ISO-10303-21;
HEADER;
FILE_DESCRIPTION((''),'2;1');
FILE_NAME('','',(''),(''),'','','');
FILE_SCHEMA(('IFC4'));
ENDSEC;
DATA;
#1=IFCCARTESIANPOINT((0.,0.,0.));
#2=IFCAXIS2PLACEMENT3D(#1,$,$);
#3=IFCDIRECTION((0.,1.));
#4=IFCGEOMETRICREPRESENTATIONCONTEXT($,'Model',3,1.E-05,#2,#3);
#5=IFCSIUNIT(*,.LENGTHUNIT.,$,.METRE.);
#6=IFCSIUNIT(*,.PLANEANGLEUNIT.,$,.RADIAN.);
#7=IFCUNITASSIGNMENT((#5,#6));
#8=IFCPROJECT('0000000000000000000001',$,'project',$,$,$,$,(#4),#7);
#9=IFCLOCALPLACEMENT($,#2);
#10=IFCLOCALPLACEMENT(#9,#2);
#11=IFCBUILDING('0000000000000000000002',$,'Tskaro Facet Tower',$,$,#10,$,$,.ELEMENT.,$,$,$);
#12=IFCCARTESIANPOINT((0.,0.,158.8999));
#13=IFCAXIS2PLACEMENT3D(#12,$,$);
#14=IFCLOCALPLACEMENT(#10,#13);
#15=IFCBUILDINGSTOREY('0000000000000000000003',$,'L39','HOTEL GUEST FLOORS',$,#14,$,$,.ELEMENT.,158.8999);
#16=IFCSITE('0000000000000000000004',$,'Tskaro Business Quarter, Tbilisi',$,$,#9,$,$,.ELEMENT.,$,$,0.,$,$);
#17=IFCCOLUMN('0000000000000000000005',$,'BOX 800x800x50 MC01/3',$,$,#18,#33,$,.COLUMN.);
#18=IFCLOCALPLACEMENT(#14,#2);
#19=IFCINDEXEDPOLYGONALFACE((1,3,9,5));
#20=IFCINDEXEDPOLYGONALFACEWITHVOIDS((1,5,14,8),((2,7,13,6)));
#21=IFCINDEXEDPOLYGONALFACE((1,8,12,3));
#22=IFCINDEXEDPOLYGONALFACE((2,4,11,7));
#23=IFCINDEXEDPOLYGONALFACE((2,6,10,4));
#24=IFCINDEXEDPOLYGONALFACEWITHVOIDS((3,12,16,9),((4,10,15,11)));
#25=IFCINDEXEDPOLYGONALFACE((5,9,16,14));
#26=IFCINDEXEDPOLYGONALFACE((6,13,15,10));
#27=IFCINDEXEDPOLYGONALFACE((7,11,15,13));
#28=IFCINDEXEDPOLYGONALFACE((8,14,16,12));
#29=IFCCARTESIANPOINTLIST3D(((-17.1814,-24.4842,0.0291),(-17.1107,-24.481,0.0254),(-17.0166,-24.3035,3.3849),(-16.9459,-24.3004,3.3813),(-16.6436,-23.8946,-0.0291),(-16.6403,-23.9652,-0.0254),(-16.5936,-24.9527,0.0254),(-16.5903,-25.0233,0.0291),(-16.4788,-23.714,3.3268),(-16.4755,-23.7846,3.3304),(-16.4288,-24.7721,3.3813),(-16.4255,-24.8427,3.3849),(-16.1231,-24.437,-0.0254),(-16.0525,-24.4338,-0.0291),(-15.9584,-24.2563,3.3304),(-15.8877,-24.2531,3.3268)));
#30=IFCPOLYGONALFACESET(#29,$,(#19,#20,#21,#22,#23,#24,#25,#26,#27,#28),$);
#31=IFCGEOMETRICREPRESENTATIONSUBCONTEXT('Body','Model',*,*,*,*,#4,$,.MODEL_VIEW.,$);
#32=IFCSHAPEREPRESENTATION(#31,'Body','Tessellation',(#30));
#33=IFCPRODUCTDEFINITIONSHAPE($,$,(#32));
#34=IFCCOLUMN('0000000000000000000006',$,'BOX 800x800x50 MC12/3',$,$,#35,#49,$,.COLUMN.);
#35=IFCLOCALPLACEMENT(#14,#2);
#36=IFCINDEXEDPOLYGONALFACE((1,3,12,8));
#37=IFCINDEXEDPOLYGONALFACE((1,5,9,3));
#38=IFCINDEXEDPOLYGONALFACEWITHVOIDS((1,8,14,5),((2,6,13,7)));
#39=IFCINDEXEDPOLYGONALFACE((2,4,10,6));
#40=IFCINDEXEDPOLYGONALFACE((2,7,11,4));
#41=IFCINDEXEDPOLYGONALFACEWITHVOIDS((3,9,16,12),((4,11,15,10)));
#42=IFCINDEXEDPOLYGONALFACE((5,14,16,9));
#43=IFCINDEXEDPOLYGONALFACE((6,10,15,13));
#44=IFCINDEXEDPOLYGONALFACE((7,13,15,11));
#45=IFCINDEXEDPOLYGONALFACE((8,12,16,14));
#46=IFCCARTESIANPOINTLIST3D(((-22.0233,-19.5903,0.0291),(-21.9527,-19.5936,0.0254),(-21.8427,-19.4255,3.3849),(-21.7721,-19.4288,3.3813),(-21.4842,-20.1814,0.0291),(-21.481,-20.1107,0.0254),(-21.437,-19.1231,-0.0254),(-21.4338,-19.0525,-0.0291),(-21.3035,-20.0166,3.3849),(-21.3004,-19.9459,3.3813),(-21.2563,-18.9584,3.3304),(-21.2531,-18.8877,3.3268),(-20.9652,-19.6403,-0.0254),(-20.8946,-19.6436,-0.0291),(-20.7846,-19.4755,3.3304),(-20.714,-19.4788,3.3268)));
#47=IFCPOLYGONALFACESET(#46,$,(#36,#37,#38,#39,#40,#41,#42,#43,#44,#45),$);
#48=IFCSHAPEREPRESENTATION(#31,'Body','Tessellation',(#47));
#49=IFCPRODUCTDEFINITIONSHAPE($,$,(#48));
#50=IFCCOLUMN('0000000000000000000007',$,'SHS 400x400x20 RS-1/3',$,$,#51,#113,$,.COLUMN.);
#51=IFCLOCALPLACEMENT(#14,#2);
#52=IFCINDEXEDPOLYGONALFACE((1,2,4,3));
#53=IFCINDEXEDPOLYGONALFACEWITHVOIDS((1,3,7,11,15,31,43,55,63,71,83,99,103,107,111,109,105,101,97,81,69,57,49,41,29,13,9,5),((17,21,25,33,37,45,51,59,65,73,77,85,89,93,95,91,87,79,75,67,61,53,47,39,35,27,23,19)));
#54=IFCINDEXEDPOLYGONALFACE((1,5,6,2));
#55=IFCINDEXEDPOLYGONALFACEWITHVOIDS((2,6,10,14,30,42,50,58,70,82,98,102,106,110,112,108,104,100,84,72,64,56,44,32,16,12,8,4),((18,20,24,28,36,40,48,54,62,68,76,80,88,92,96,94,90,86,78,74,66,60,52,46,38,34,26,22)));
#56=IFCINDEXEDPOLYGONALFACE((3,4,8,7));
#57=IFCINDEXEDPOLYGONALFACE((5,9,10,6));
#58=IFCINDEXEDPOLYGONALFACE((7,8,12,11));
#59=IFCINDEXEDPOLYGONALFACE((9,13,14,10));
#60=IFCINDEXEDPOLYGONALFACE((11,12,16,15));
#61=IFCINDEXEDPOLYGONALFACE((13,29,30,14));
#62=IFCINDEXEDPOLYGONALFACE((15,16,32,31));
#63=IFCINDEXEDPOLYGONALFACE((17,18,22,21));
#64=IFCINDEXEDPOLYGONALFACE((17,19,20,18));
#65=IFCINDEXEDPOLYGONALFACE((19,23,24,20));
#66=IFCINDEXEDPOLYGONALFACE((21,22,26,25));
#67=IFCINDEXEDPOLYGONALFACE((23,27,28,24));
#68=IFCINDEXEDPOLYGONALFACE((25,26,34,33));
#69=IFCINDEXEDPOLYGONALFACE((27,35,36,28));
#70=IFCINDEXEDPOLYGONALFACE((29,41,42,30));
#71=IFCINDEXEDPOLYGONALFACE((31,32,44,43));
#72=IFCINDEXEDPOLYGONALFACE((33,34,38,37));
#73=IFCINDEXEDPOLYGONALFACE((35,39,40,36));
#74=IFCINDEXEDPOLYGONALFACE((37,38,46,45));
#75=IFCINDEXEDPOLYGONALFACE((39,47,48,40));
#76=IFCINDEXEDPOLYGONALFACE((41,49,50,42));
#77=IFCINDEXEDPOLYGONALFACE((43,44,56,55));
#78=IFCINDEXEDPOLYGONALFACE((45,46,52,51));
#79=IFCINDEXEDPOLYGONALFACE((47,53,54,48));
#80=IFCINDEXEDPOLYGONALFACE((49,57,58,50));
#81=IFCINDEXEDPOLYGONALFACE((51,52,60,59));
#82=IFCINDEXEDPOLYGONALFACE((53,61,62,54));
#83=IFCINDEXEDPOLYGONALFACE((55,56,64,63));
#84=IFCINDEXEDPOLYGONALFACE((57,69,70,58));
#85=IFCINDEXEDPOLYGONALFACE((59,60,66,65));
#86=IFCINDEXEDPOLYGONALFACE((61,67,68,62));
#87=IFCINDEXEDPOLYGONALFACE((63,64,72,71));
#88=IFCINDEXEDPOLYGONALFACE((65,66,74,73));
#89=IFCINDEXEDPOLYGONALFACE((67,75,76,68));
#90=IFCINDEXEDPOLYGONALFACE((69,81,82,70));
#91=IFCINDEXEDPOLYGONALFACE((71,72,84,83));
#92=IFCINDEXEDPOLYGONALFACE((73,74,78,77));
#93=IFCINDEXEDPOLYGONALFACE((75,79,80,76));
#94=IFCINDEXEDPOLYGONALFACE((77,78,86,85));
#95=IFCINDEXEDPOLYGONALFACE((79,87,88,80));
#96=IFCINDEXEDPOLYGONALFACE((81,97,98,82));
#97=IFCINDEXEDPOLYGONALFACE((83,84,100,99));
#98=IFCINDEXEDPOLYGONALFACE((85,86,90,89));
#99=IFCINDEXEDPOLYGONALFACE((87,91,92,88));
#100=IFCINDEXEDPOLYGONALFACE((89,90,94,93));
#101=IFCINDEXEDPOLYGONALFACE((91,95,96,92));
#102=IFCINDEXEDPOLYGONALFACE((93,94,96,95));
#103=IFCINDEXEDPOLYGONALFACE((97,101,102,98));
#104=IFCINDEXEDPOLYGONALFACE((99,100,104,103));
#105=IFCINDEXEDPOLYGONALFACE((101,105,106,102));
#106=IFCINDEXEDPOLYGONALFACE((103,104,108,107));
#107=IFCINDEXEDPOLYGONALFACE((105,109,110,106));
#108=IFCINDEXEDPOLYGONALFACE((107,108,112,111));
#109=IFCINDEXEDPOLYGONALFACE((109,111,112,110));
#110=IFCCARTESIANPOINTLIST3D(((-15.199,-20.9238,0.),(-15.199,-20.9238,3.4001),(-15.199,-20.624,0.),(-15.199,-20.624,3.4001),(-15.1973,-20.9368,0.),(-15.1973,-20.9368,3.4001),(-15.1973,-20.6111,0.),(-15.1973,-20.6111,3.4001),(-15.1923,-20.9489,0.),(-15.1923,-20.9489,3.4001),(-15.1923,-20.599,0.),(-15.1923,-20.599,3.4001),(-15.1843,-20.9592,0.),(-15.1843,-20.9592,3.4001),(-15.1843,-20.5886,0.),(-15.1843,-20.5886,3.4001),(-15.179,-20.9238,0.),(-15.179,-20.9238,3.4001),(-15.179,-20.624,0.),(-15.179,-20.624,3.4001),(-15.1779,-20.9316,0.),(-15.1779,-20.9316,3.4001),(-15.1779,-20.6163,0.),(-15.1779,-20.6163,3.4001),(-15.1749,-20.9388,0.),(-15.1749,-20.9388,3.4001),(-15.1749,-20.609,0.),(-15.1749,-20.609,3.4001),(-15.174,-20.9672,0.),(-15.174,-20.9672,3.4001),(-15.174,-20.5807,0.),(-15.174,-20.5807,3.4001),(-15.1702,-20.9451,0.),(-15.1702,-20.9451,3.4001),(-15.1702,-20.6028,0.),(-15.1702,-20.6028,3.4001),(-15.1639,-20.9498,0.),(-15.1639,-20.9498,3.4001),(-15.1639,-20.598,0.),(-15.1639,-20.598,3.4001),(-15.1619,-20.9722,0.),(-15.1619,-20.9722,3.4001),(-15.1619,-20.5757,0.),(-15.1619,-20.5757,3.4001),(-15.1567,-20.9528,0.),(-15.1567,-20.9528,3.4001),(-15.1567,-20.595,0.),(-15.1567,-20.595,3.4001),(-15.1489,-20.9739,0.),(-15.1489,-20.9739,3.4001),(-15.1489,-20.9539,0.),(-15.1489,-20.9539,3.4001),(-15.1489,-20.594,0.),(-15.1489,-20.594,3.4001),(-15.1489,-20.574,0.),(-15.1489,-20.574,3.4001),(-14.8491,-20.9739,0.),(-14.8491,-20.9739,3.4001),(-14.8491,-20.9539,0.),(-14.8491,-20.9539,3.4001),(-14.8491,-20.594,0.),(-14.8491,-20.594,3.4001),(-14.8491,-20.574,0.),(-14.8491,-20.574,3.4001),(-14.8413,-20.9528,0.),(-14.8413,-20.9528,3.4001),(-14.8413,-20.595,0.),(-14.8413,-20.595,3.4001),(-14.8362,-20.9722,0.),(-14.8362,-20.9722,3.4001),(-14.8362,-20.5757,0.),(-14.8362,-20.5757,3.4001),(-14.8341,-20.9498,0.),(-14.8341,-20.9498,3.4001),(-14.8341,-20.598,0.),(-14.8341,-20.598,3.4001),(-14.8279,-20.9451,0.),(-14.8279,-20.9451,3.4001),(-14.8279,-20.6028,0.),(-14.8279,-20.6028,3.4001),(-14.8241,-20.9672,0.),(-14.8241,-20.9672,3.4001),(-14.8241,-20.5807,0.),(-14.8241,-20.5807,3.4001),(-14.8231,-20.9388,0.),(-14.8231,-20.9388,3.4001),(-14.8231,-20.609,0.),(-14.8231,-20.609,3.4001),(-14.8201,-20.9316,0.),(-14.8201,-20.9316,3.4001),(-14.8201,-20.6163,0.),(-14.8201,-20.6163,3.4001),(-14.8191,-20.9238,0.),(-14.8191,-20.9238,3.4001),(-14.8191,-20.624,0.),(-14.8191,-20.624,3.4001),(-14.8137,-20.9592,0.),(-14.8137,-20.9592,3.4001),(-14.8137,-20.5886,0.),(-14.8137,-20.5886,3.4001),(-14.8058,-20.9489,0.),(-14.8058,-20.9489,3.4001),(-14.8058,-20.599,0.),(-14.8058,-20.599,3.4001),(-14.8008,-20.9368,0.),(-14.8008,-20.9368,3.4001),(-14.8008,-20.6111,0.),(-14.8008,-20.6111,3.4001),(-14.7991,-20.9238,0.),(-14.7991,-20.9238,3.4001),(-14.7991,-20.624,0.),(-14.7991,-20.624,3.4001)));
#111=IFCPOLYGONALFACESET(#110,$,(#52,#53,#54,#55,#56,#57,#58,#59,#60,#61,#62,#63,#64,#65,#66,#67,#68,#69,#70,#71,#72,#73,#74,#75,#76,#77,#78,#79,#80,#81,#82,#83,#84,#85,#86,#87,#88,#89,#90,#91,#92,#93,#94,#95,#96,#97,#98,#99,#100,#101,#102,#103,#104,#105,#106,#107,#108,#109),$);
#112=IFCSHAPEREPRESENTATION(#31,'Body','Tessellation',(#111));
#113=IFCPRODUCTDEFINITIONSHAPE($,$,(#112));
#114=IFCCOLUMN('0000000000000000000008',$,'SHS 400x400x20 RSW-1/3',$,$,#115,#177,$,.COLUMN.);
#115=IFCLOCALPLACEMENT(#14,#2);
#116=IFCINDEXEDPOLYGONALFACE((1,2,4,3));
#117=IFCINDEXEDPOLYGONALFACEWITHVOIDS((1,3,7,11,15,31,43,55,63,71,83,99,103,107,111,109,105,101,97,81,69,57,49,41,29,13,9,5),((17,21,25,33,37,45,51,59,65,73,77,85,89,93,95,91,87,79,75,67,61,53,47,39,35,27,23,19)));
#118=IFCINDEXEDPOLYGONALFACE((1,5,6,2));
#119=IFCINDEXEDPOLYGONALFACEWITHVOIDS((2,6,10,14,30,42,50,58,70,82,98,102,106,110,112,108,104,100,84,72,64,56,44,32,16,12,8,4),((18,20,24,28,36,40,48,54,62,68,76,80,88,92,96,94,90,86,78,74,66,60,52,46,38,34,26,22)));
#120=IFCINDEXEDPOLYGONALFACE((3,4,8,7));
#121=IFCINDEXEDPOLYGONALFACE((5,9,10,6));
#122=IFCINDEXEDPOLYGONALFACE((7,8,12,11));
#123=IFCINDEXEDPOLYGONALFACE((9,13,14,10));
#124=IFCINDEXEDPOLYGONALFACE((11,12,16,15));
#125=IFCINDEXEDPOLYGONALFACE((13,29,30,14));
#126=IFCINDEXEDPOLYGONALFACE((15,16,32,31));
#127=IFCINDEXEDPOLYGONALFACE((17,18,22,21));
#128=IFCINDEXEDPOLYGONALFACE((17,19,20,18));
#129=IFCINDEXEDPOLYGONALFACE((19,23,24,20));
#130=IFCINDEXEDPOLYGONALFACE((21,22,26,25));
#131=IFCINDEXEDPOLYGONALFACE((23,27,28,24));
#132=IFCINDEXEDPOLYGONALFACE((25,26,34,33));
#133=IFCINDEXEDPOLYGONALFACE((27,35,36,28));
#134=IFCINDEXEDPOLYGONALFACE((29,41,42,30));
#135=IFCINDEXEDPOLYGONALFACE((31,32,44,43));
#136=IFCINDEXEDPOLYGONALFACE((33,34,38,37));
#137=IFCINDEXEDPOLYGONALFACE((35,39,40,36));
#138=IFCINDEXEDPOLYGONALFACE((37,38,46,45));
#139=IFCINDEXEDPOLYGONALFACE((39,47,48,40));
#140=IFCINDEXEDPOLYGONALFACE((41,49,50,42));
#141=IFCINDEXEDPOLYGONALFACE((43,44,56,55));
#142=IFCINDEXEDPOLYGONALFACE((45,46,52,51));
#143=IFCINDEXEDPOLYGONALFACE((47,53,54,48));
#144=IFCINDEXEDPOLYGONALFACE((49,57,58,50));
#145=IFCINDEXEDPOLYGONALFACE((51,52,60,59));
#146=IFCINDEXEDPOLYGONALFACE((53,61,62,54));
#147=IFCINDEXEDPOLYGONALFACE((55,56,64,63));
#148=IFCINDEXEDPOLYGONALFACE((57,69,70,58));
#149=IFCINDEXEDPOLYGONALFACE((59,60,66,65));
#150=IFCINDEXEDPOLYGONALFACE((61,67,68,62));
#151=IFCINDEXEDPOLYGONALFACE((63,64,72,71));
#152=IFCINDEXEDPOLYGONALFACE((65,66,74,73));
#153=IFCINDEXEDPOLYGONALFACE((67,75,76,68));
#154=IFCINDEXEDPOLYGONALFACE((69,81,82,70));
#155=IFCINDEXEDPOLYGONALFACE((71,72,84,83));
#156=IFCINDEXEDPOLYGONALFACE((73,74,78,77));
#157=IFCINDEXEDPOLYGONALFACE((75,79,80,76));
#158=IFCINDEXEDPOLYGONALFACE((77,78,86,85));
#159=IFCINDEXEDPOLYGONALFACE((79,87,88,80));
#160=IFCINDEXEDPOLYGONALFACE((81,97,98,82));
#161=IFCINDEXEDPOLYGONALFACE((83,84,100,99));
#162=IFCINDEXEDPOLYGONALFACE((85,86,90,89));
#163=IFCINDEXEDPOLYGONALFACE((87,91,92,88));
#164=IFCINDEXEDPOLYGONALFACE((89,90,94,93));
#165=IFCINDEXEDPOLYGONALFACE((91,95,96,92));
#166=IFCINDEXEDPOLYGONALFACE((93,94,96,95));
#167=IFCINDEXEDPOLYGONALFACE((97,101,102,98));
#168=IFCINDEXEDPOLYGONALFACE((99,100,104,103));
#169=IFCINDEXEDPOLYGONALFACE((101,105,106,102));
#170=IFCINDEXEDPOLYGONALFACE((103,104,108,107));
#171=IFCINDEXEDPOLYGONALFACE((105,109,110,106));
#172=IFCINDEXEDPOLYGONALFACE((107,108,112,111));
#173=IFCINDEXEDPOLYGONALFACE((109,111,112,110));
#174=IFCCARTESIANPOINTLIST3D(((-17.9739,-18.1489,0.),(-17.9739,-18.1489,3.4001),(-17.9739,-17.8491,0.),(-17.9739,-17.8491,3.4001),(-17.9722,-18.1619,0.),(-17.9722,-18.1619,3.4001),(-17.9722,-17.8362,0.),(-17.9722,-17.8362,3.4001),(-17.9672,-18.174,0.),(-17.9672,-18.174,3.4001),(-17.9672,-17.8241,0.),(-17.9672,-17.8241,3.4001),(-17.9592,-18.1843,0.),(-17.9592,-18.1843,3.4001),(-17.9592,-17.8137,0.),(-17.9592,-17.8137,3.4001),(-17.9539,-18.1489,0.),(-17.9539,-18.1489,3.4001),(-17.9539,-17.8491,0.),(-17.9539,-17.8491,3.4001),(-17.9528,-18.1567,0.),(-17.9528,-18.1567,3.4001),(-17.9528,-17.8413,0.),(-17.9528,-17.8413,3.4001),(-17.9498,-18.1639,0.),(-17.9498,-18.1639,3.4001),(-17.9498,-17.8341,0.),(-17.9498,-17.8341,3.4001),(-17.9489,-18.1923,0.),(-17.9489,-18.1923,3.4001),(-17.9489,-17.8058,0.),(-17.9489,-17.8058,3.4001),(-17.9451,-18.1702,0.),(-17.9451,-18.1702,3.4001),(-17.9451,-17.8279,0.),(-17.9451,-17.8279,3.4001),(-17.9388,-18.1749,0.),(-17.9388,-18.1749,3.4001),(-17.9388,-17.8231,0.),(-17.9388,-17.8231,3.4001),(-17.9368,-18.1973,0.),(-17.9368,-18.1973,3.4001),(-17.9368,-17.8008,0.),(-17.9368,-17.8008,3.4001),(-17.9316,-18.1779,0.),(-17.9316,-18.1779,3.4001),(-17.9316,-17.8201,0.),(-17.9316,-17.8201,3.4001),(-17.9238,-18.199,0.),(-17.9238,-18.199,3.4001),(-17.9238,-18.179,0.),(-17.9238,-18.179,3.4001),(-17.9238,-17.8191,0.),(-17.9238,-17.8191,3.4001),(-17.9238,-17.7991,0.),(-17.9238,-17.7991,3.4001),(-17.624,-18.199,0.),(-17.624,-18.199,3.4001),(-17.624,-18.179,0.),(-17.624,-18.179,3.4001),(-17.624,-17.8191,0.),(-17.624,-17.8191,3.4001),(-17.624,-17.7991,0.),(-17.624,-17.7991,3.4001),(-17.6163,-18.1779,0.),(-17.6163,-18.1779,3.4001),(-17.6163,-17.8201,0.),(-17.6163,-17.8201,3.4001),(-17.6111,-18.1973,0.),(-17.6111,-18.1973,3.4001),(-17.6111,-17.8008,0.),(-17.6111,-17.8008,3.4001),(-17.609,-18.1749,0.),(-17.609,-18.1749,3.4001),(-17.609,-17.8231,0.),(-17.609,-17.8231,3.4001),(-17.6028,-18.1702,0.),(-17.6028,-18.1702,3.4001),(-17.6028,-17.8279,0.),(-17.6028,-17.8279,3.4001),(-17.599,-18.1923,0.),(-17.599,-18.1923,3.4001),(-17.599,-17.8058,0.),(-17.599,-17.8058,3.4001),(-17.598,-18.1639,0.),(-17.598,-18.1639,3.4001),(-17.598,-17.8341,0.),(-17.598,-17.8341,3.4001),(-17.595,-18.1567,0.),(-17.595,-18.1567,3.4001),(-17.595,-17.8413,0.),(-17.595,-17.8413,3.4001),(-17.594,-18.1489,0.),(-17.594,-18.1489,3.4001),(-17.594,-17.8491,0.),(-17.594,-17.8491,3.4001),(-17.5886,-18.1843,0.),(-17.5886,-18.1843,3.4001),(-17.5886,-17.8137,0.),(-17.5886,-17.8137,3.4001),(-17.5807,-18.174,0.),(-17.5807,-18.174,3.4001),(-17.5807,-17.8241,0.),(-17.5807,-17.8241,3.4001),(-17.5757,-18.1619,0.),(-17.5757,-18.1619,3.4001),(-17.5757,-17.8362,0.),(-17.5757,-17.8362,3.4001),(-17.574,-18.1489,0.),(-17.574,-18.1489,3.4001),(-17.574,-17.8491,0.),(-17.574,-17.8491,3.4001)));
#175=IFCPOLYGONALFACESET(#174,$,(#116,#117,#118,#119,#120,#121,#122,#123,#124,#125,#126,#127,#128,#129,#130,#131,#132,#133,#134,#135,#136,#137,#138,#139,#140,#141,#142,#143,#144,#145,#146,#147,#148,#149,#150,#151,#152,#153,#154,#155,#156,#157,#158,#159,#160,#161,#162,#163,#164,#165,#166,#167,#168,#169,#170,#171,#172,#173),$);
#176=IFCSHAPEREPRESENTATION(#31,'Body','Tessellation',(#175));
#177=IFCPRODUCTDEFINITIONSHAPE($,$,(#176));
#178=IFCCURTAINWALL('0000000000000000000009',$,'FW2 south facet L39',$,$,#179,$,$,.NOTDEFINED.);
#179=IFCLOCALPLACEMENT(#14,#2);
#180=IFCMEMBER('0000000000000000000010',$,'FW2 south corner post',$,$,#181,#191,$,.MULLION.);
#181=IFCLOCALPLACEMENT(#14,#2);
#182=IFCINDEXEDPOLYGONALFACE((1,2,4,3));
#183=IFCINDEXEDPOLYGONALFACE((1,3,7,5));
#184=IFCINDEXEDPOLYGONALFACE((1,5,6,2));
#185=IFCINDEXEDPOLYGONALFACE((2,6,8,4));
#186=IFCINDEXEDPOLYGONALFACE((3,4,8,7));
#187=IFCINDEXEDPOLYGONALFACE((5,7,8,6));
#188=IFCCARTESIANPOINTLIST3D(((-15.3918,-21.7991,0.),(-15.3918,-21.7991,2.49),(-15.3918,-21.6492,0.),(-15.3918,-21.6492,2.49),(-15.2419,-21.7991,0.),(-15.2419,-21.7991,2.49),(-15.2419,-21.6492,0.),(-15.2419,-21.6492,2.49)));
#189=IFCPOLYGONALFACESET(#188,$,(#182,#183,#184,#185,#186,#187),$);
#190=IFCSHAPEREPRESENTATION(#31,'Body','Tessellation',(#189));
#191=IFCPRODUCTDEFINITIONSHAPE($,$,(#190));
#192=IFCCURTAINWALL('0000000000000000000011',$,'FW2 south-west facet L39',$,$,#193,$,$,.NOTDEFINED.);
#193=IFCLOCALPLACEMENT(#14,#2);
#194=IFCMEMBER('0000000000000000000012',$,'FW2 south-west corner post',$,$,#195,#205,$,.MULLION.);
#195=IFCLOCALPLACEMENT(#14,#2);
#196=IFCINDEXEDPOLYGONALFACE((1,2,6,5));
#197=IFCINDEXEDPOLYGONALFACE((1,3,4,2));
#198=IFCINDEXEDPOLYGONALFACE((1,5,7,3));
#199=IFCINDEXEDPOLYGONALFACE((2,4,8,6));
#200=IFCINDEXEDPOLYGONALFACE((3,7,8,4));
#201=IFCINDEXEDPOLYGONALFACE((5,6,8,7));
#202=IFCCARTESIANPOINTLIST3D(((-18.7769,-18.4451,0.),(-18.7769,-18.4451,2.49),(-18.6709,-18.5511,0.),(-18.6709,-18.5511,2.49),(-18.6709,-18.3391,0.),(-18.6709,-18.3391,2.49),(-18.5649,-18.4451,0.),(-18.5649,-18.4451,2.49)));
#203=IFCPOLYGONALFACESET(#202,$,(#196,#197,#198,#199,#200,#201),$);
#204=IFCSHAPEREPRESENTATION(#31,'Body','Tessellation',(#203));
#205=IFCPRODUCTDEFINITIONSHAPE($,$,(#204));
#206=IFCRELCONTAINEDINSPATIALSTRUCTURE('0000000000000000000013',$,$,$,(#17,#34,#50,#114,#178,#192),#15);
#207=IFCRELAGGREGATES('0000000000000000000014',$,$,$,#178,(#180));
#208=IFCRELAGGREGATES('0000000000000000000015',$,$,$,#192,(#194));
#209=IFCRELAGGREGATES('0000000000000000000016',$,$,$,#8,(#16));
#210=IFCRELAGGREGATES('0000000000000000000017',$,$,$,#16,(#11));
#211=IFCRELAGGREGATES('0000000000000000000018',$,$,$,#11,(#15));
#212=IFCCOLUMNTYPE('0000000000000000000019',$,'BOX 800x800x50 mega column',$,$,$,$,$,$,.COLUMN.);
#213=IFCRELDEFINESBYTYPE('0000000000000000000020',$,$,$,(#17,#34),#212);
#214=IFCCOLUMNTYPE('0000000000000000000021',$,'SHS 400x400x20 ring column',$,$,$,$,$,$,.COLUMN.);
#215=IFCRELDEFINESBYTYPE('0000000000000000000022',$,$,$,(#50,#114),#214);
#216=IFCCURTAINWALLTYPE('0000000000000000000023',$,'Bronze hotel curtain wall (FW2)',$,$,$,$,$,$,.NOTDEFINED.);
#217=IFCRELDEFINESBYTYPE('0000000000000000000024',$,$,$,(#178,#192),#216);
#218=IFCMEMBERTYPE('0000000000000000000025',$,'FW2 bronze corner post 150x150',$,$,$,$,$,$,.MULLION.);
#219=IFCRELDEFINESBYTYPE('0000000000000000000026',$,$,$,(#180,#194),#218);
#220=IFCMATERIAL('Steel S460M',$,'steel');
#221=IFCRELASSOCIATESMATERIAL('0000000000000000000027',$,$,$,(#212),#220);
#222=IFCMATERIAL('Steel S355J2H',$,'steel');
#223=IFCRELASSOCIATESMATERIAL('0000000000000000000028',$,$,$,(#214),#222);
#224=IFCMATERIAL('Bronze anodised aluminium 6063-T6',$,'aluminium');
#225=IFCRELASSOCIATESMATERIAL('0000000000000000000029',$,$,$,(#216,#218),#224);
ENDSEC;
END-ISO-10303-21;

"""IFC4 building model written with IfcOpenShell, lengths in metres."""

from ifc_helpers import new_model, si_unit, direction, frame, origin, origin_2d, place, context, subcontext, project, spatial, rectangle, hollow_rectangle, extrude, material, material_profile, profile_set, type_object, element, aggregate, save


model = new_model("IFC4")

# Units and contexts
model_context = context("Model", 3, precision=1e-05, world=origin(), true_north=direction((0.0, 1.0)))
body_context = subcontext(model_context, "Body", "Model", "MODEL_VIEW")
ifc_project = project(units=[si_unit("LENGTHUNIT", "METRE"), si_unit("PLANEANGLEUNIT", "RADIAN")], contexts=[model_context])

# Site, building, storey
site_placement = place(None, origin())
site = spatial("IfcSite", under=ifc_project, at=site_placement, Name="Tskaro Business Quarter, Tbilisi", CompositionType="ELEMENT", RefElevation=0.0)
building_placement = place(site_placement, origin())
building = spatial("IfcBuilding", under=site, at=building_placement, Name="Tskaro Facet Tower", CompositionType="ELEMENT")
storey_placement = place(building_placement, frame((0.0, 0.0, 158.8999)))
storey = spatial("IfcBuildingStorey", under=building, at=storey_placement, Name="L39", Description="HOTEL GUEST FLOORS", CompositionType="ELEMENT", Elevation=158.8999)

# Columns
ifc_material_1 = material(Name="Steel S460M", Category="steel")
ifc_material_profile_1 = material_profile(ifc_material_1, hollow_rectangle(XDim=0.8, YDim=0.8, WallThickness=0.05, at=origin_2d()), Name="BOX 800x800x50")
ifc_profile_set_1 = profile_set([ifc_material_profile_1], Name="Steel S460M")
column_type_1 = type_object("IfcColumnType", Name="BOX 800x800x50 mega column", PredefinedType="COLUMN", material=ifc_profile_set_1)
for number, where, z_axis, x_axis, name in (
    (1, (-16.6169, -24.459, 0.0), (0.048975, 0.053691, 0.997356), (-0.73881, 0.673914, 0.0), "BOX 800x800x50 MC01/3"),
    (2, (-21.459, -19.6169, 0.0), (0.053691, 0.048975, 0.997356), (-0.673914, 0.73881, 0.0), "BOX 800x800x50 MC12/3"),
):
    element("IfcColumn", number, at=place(storey_placement, frame(where, z_axis=z_axis, x_axis=x_axis)), inside=storey, type_object=column_type_1, Name=name, PredefinedType="COLUMN", context=body_context, shape_type="SweptSolid", body=[
        extrude(hollow_rectangle(XDim=0.8, YDim=0.8, WallThickness=0.05, at=origin_2d()), origin(), (0.0, 0.0, 1.0), 3.3647),
    ])
ifc_material_2 = material(Name="Steel S355J2H", Category="steel")
ifc_material_profile_2 = material_profile(ifc_material_2, hollow_rectangle(XDim=0.3999, YDim=0.3999, WallThickness=0.02, InnerFilletRadius=0.03, OuterFilletRadius=0.05, at=origin_2d()), Name="SHS 400x400x20")
ifc_profile_set_2 = profile_set([ifc_material_profile_2], Name="Steel S355J2H")
column_type_2 = type_object("IfcColumnType", Name="SHS 400x400x20 ring column", PredefinedType="COLUMN", material=ifc_profile_set_2)
for number, where, z_axis, x_axis, name in (
    (3, (-14.999, -20.7739, 0.0), (0.0, 0.0, 1.0), (1.0, 0.0, 0.0), "SHS 400x400x20 RS-1/3"),
    (4, (-17.7739, -17.999, 0.0), (0.0, 0.0, 1.0), (1.0, 0.0, 0.0), "SHS 400x400x20 RSW-1/3"),
):
    element("IfcColumn", number, at=place(storey_placement, frame(where, z_axis=z_axis, x_axis=x_axis)), inside=storey, type_object=column_type_2, Name=name, PredefinedType="COLUMN", context=body_context, shape_type="SweptSolid", body=[
        extrude(hollow_rectangle(XDim=0.3999, YDim=0.3999, WallThickness=0.02, InnerFilletRadius=0.03, OuterFilletRadius=0.05, at=origin_2d()), origin(), (0.0, 0.0, 1.0), 3.4001),
    ])

# Curtain walls, members
ifc_material_3 = material(Name="Bronze anodised aluminium 6063-T6", Category="aluminium")
curtain_wall_type = type_object("IfcCurtainWallType", Name="Bronze hotel curtain wall (FW2)", PredefinedType="NOTDEFINED", material=ifc_material_3)
curtain_wall_1_placement = place(storey_placement, origin())
curtain_wall_1 = element("IfcCurtainWall", 5, at=curtain_wall_1_placement, inside=storey, type_object=curtain_wall_type, Name="FW2 south facet L39", PredefinedType="NOTDEFINED")
ifc_material_profile_3 = material_profile(ifc_material_3, rectangle(XDim=0.1499, YDim=0.1499, at=origin_2d()), Name="Corner post 150x150")
ifc_profile_set_3 = profile_set([ifc_material_profile_3], Name="Bronze anodised aluminium 6063-T6")
member_type_1 = type_object("IfcMemberType", Name="FW2 bronze corner post 150x150", PredefinedType="MULLION", material=ifc_profile_set_3)
member_1_placement = place(storey_placement, frame((-15.3169, -21.7241, 0.0), z_axis=(0.0, 0.0, 1.0), x_axis=(1.0, 0.0, 0.0)))
member_1 = element("IfcMember", 6, at=member_1_placement, type_object=member_type_1, Name="FW2 south corner post", PredefinedType="MULLION", context=body_context, shape_type="SweptSolid", body=[
    extrude(rectangle(XDim=0.1499, YDim=0.1499, at=origin_2d()), origin(), (0.0, 0.0, 1.0), 2.49),
])
curtain_wall_2_placement = place(storey_placement, origin())
curtain_wall_2 = element("IfcCurtainWall", 7, at=curtain_wall_2_placement, inside=storey, type_object=curtain_wall_type, Name="FW2 south-west facet L39", PredefinedType="NOTDEFINED")
member_2_placement = place(storey_placement, frame((-18.6709, -18.4451, 0.0), z_axis=(0.0, 0.0, 1.0), x_axis=(0.707107, -0.707107, 0.0)))
member_2 = element("IfcMember", 8, at=member_2_placement, type_object=member_type_1, Name="FW2 south-west corner post", PredefinedType="MULLION", context=body_context, shape_type="SweptSolid", body=[
    extrude(rectangle(XDim=0.1499, YDim=0.1499, at=origin_2d()), origin(), (0.0, 0.0, 1.0), 2.49),
])

aggregate(curtain_wall_1, [member_1])

aggregate(curtain_wall_2, [member_2])

save(model, "model.ifc")
